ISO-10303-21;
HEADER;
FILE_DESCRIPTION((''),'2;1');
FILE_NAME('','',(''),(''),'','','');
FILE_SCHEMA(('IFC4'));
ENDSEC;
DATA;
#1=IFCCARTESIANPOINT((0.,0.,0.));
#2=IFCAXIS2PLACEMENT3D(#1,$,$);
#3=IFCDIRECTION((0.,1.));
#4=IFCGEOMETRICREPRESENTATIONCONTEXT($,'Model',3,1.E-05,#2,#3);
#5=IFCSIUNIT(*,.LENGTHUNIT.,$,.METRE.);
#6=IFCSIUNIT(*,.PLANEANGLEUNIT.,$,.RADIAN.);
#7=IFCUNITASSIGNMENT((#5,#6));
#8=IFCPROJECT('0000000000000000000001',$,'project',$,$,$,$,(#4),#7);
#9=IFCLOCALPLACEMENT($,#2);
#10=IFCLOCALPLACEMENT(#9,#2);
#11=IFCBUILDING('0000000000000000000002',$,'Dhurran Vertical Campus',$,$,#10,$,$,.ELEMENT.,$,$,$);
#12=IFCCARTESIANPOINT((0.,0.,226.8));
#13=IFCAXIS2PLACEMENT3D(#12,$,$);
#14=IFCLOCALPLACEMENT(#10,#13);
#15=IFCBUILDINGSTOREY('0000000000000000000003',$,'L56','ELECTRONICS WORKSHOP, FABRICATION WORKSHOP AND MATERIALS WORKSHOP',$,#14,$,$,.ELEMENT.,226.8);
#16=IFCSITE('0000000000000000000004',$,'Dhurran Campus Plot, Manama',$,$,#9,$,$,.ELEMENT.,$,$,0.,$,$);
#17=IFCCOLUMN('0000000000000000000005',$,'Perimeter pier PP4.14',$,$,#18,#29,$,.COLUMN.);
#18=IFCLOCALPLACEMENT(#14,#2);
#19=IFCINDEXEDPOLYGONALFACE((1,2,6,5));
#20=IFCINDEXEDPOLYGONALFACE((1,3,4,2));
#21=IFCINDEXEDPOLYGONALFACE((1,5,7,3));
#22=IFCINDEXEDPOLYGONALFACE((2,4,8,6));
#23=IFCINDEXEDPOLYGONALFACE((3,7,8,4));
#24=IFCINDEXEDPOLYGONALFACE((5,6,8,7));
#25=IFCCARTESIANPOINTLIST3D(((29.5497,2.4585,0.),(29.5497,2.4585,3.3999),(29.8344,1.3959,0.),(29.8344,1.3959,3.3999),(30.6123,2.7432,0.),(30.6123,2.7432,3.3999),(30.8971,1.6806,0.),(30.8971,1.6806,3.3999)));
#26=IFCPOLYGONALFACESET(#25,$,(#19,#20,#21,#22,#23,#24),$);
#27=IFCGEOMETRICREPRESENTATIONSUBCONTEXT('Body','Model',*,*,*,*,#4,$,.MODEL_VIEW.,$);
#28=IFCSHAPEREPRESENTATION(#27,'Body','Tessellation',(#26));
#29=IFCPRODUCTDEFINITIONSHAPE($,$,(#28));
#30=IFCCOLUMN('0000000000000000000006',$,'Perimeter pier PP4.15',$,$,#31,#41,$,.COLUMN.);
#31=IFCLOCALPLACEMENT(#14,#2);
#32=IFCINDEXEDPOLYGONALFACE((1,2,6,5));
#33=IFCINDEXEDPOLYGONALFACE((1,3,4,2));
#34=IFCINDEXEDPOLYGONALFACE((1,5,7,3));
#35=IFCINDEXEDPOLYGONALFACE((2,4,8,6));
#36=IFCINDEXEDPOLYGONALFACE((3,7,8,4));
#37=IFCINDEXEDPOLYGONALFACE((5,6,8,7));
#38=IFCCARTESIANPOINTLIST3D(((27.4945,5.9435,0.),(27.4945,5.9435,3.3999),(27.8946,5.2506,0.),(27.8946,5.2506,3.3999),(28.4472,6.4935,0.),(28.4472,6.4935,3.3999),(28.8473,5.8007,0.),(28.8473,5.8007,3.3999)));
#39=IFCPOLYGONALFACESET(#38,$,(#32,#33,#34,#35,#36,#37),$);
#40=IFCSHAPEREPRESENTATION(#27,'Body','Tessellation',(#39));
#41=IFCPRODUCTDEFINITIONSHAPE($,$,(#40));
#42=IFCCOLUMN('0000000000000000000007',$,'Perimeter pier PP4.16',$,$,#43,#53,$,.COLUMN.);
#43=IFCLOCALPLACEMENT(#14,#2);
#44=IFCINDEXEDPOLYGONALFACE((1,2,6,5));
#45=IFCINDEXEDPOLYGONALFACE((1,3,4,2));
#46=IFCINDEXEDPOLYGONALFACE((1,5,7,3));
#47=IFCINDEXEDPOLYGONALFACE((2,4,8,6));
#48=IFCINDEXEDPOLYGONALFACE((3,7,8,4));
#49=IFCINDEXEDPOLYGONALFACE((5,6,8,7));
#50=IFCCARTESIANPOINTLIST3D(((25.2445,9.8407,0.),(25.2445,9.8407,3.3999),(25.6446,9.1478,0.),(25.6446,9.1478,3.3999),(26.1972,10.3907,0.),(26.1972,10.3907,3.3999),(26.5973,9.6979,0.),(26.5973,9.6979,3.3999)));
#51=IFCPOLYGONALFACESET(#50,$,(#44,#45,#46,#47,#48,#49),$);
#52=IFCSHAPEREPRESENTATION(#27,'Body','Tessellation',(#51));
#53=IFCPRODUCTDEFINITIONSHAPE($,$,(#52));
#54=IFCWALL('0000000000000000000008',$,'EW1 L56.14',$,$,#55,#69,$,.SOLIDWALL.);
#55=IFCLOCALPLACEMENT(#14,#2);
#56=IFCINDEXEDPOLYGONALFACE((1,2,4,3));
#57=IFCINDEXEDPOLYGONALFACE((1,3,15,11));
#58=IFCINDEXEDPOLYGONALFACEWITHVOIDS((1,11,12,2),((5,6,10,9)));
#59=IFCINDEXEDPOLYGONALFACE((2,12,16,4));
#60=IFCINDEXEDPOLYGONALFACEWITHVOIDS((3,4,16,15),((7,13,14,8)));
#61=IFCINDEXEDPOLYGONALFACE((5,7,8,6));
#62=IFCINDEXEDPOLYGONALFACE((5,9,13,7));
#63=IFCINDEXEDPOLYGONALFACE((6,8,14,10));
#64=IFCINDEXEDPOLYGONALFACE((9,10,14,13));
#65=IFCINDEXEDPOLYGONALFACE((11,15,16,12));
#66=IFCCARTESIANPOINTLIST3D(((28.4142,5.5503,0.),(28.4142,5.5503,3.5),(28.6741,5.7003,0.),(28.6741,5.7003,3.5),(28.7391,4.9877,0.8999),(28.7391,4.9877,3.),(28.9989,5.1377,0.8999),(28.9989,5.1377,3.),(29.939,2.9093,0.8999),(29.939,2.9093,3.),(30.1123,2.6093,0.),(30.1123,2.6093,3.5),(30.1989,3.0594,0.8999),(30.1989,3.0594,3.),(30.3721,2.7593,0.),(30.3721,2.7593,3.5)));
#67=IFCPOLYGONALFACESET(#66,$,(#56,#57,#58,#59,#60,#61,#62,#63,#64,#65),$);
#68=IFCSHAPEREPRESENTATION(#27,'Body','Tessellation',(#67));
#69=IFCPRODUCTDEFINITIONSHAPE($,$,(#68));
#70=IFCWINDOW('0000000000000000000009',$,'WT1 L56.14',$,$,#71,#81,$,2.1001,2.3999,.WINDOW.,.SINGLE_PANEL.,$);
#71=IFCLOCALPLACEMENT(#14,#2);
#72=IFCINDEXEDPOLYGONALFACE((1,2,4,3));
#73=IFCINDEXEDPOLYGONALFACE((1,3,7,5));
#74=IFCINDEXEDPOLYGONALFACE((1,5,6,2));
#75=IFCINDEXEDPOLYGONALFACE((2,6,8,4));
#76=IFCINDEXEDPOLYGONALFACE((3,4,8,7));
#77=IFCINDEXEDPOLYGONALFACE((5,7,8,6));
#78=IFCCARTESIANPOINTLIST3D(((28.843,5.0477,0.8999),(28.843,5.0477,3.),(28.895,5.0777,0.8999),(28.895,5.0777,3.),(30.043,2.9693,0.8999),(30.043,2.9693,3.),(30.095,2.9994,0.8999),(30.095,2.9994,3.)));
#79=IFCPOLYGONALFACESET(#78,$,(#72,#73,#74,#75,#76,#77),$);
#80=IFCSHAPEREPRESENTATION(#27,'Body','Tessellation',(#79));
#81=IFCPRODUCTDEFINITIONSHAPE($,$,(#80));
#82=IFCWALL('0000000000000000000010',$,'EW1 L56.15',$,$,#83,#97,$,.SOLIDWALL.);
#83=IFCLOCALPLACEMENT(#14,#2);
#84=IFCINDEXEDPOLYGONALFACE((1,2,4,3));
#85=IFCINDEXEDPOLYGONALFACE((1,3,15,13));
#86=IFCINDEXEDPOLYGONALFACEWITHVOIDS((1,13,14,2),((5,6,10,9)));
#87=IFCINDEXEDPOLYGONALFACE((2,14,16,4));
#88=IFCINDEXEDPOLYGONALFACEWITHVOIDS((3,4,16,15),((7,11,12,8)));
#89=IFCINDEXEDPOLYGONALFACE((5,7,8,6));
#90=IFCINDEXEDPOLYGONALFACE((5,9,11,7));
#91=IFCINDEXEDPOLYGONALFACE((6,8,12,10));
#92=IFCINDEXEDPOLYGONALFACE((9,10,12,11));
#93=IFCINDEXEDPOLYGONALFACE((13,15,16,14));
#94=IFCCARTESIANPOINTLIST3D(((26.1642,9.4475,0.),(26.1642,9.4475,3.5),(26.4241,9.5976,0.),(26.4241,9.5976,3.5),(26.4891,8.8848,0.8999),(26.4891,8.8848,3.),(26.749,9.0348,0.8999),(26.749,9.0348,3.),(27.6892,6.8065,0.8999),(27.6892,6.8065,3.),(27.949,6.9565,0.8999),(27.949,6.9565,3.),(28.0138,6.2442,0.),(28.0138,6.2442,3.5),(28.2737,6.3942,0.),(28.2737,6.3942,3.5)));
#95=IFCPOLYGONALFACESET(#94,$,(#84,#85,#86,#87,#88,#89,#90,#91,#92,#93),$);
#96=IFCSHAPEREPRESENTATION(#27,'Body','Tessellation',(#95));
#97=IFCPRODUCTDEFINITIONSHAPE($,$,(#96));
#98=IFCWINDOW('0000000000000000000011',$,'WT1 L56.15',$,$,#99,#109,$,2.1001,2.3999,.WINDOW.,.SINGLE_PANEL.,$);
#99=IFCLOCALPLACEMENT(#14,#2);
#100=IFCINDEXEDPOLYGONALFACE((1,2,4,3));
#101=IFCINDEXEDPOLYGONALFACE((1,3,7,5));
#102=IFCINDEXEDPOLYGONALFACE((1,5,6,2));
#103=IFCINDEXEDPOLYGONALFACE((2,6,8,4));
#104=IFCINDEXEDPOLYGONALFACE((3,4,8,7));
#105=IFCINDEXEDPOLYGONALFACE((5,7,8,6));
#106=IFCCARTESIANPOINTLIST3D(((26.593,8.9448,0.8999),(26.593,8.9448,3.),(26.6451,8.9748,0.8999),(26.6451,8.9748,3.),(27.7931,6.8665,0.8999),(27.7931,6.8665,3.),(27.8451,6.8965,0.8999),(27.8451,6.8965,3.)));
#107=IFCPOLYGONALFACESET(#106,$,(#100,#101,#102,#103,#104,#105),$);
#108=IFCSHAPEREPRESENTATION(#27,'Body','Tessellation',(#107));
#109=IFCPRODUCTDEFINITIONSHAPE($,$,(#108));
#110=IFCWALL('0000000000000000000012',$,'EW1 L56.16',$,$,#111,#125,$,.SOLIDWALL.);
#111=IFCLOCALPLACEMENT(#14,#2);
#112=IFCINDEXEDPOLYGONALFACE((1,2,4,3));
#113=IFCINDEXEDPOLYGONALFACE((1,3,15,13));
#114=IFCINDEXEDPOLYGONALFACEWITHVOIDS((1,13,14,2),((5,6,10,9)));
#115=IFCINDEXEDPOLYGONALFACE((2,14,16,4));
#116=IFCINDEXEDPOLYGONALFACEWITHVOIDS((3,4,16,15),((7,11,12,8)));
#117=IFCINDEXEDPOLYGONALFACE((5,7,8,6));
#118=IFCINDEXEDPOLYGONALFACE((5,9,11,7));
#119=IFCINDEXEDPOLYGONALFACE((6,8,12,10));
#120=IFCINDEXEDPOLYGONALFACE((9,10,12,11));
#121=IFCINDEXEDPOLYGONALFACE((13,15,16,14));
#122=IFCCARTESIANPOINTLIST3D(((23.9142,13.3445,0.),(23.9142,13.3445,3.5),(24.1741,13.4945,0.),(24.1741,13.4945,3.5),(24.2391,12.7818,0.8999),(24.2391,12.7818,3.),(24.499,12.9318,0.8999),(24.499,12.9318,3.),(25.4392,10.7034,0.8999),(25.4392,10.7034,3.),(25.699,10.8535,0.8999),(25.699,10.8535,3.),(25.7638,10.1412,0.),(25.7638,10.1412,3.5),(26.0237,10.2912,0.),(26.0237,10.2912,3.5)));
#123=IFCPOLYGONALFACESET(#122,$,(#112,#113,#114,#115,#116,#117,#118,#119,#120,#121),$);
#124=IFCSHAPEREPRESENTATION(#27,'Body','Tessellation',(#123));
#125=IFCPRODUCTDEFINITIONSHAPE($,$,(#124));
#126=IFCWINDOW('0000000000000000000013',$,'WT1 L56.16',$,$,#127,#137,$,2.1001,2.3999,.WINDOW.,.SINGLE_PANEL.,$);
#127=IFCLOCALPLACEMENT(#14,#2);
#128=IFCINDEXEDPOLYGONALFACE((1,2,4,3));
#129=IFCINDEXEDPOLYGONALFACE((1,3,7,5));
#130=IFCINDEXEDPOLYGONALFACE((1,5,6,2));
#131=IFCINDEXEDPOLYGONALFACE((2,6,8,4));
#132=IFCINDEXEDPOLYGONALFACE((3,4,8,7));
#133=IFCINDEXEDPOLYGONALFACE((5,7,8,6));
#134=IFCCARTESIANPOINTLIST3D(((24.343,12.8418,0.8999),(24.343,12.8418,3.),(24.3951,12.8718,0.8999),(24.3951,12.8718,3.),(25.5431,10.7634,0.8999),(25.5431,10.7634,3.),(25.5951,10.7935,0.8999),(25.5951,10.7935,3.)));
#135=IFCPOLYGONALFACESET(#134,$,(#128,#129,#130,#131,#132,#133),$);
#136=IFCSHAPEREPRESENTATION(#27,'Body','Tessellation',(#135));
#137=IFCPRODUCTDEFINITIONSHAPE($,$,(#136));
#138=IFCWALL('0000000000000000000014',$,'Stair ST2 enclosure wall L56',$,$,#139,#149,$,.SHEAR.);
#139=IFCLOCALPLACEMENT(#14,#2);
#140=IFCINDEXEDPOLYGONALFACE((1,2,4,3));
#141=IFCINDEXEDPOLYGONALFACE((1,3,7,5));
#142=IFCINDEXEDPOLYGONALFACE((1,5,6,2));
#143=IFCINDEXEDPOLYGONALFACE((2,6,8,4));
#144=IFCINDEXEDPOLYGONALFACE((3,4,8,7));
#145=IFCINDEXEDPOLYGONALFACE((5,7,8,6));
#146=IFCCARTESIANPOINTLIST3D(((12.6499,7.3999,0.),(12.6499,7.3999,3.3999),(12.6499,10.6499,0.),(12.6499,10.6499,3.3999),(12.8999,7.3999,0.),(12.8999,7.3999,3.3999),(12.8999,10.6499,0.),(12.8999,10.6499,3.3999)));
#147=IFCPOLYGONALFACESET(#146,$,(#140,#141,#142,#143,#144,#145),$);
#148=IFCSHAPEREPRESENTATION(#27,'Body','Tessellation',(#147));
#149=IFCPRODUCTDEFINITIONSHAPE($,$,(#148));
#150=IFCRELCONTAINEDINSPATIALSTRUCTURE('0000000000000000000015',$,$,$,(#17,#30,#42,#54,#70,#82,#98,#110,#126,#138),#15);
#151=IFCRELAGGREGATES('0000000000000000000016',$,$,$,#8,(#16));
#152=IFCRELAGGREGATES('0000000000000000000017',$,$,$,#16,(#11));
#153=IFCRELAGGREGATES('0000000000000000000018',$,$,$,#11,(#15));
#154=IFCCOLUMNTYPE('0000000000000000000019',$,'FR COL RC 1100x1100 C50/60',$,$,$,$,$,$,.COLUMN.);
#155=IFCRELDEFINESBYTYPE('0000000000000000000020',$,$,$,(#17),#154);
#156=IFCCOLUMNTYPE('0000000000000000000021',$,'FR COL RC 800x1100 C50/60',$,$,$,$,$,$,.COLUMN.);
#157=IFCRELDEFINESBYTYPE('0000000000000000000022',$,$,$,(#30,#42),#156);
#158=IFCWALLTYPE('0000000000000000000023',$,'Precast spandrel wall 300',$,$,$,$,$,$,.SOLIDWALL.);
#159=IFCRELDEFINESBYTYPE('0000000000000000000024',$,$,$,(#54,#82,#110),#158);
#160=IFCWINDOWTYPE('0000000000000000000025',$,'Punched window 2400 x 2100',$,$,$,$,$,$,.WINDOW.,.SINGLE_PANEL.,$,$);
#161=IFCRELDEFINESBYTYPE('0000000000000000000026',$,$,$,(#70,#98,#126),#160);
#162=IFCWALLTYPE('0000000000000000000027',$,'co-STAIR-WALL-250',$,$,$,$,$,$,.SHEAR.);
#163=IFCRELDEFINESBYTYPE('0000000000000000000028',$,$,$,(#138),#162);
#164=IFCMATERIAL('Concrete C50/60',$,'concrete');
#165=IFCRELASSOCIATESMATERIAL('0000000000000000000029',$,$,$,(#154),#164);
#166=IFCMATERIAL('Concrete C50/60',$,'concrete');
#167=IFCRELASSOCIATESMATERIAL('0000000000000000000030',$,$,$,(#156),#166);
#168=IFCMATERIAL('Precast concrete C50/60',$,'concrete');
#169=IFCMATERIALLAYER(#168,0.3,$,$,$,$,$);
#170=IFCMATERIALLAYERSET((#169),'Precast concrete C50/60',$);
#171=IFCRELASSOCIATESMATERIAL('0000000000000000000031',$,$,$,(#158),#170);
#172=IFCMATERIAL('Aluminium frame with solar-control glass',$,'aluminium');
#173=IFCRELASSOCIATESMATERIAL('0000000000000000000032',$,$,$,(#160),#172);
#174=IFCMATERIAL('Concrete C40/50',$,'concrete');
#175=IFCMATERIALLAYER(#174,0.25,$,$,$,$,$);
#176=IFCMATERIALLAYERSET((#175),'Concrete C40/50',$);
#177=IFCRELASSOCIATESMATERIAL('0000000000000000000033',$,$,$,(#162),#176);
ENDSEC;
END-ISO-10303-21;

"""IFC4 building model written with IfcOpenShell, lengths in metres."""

from ifc_helpers import new_model, si_unit, direction, frame, frame_2d, origin, origin_2d, place, context, subcontext, project, spatial, rectangle, extrude, material, layer, layer_set, material_profile, profile_set, type_object, element, fill, save


model = new_model("IFC4")

# Units and contexts
model_context = context("Model", 3, precision=1e-05, world=origin(), true_north=direction((0.0, 1.0)))
body_context = subcontext(model_context, "Body", "Model", "MODEL_VIEW")
ifc_project = project(units=[si_unit("LENGTHUNIT", "METRE"), si_unit("PLANEANGLEUNIT", "RADIAN")], contexts=[model_context])

# Site, building, storey
site_placement = place(None, origin())
site = spatial("IfcSite", under=ifc_project, at=site_placement, Name="Dhurran Campus Plot, Manama", CompositionType="ELEMENT", RefElevation=0.0)
building_placement = place(site_placement, origin())
building = spatial("IfcBuilding", under=site, at=building_placement, Name="Dhurran Vertical Campus", CompositionType="ELEMENT")
storey_placement = place(building_placement, frame((0.0, 0.0, 226.8)))
storey = spatial("IfcBuildingStorey", under=building, at=storey_placement, Name="L56", Description="ELECTRONICS WORKSHOP, FABRICATION WORKSHOP AND MATERIALS WORKSHOP", CompositionType="ELEMENT", Elevation=226.8)

# Columns
ifc_material_1 = material(Name="Concrete C50/60", Category="concrete")
ifc_material_profile_1 = material_profile(ifc_material_1, rectangle(XDim=1.1001, YDim=1.1001, at=origin_2d()), Name="RC 1100x1100")
ifc_profile_set_1 = profile_set([ifc_material_profile_1], Name="Concrete C50/60")
column_type_1 = type_object("IfcColumnType", Name="FR COL RC 1100x1100 C50/60", PredefinedType="COLUMN", material=ifc_profile_set_1)
column_placement = place(storey_placement, frame((30.2234, 2.0696, 0.0), z_axis=(0.0, 0.0, 1.0), x_axis=(-0.258819, 0.965926, 0.0)))
element("IfcColumn", 1, at=column_placement, inside=storey, type_object=column_type_1, Name="Perimeter pier PP4.14", PredefinedType="COLUMN", context=body_context, shape_type="SweptSolid", body=[
    extrude(rectangle(XDim=1.1001, YDim=1.1001, at=origin_2d()), origin(), (0.0, 0.0, 1.0), 3.3999),
])
ifc_material_2 = material(Name="Concrete C50/60", Category="concrete")
ifc_material_profile_2 = material_profile(ifc_material_2, rectangle(XDim=0.8, YDim=1.1001, at=origin_2d()), Name="RC 800x1100")
ifc_profile_set_2 = profile_set([ifc_material_profile_2], Name="Concrete C50/60")
column_type_2 = type_object("IfcColumnType", Name="FR COL RC 800x1100 C50/60", PredefinedType="COLUMN", material=ifc_profile_set_2)
for number, where, z_axis, x_axis, name in (
    (2, (28.1709, 5.8721, 0.0), (0.0, 0.0, 1.0), (-0.5, 0.866025, 0.0), "Perimeter pier PP4.15"),
    (3, (25.9209, 9.7693, 0.0), (0.0, 0.0, 1.0), (-0.5, 0.866025, 0.0), "Perimeter pier PP4.16"),
):
    element("IfcColumn", number, at=place(storey_placement, frame(where, z_axis=z_axis, x_axis=x_axis)), inside=storey, type_object=column_type_2, Name=name, PredefinedType="COLUMN", context=body_context, shape_type="SweptSolid", body=[
        extrude(rectangle(XDim=0.8, YDim=1.1001, at=origin_2d()), origin(), (0.0, 0.0, 1.0), 3.3999),
    ])

# Walls, openings, windows
ifc_material_3 = material(Name="Precast concrete C50/60", Category="concrete")
ifc_layer_1 = layer(ifc_material_3, 0.3)
ifc_layer_set_1 = layer_set([ifc_layer_1], Name="Precast concrete C50/60")
wall_type_1 = type_object("IfcWallType", Name="Precast spandrel wall 300", PredefinedType="SOLIDWALL", material=ifc_layer_set_1)
wall_1_placement = place(storey_placement, frame((30.2422, 2.6843, 0.0), z_axis=(0.0, 0.0, 1.0), x_axis=(-0.500013, 0.866018, 0.0)))
wall_1 = element("IfcWall", 4, at=wall_1_placement, inside=storey, type_object=wall_type_1, Name="EW1 L56.14", PredefinedType="SOLIDWALL", context=body_context, shape_type="SweptSolid", body=[
    extrude(rectangle(XDim=3.396, YDim=0.3, at=frame_2d((1.698, 0.0))), origin(), (0.0, 0.0, 1.0), 3.5),
])
opening_1_placement = place(wall_1_placement, frame((0.3464, 0.0, 0.8999)))
opening_1 = element("IfcOpeningElement", 5, at=opening_1_placement, cuts=wall_1, PredefinedType="OPENING", context=body_context, shape_type="SweptSolid", body=[
    extrude(rectangle(XDim=2.3999, YDim=2.1001, at=frame_2d((1.2, 1.05))), frame((0.0, 0.1599, 0.0), z_axis=(0.0, -1.0, 0.0), x_axis=(1.0, 0.0, 0.0)), (0.0, 0.0, 1.0), 0.3201),
])
ifc_material_4 = material(Name="Aluminium frame with solar-control glass", Category="aluminium")
window_type = type_object("IfcWindowType", Name="Punched window 2400 x 2100", PartitioningType="SINGLE_PANEL", PredefinedType="WINDOW", material=ifc_material_4)
window_1_placement = place(opening_1_placement, origin())
window_1 = element("IfcWindow", 6, at=window_1_placement, inside=storey, type_object=window_type, Name="WT1 L56.14", OverallHeight=2.1001, OverallWidth=2.3999, PartitioningType="SINGLE_PANEL", PredefinedType="WINDOW", context=body_context, shape_type="SweptSolid", body=[
    extrude(rectangle(XDim=2.3999, YDim=2.1001, at=frame_2d((1.2, 1.05))), frame((0.0, 0.03, 0.0), z_axis=(0.0, -1.0, 0.0), x_axis=(1.0, 0.0, 0.0)), (0.0, 0.0, 1.0), 0.0601),
])
fill(opening_1, window_1)
wall_2_placement = place(storey_placement, frame((28.1438, 6.3191, 0.0), z_axis=(0.0, 0.0, 1.0), x_axis=(-0.500029, 0.866009, 0.0)))
wall_2 = element("IfcWall", 7, at=wall_2_placement, inside=storey, type_object=wall_type_1, Name="EW1 L56.15", PredefinedType="SOLIDWALL", context=body_context, shape_type="SweptSolid", body=[
    extrude(rectangle(XDim=3.699, YDim=0.3, at=frame_2d((1.8496, 0.0))), origin(), (0.0, 0.0, 1.0), 3.5),
])
opening_2_placement = place(wall_2_placement, frame((0.6494, 0.0, 0.8999)))
opening_2 = element("IfcOpeningElement", 8, at=opening_2_placement, cuts=wall_2, PredefinedType="OPENING", context=body_context, shape_type="SweptSolid", body=[
    extrude(rectangle(XDim=2.3999, YDim=2.1001, at=frame_2d((1.2, 1.05))), frame((0.0, 0.1599, 0.0), z_axis=(0.0, -1.0, 0.0), x_axis=(1.0, 0.0, 0.0)), (0.0, 0.0, 1.0), 0.3201),
])
window_2_placement = place(opening_2_placement, origin())
window_2 = element("IfcWindow", 9, at=window_2_placement, inside=storey, type_object=window_type, Name="WT1 L56.15", OverallHeight=2.1001, OverallWidth=2.3999, PartitioningType="SINGLE_PANEL", PredefinedType="WINDOW", context=body_context, shape_type="SweptSolid", body=[
    extrude(rectangle(XDim=2.3999, YDim=2.1001, at=frame_2d((1.2, 1.05))), frame((0.0, 0.03, 0.0), z_axis=(0.0, -1.0, 0.0), x_axis=(1.0, 0.0, 0.0)), (0.0, 0.0, 1.0), 0.0601),
])
fill(opening_2, window_2)
wall_3_placement = place(storey_placement, frame((25.8938, 10.2161, 0.0), z_axis=(0.0, 0.0, 1.0), x_axis=(-0.500029, 0.866009, 0.0)))
wall_3 = element("IfcWall", 10, at=wall_3_placement, inside=storey, type_object=wall_type_1, Name="EW1 L56.16", PredefinedType="SOLIDWALL", context=body_context, shape_type="SweptSolid", body=[
    extrude(rectangle(XDim=3.699, YDim=0.3, at=frame_2d((1.8496, 0.0))), origin(), (0.0, 0.0, 1.0), 3.5),
])
opening_3_placement = place(wall_3_placement, frame((0.6494, 0.0, 0.8999)))
opening_3 = element("IfcOpeningElement", 11, at=opening_3_placement, cuts=wall_3, PredefinedType="OPENING", context=body_context, shape_type="SweptSolid", body=[
    extrude(rectangle(XDim=2.3999, YDim=2.1001, at=frame_2d((1.2, 1.05))), frame((0.0, 0.1599, 0.0), z_axis=(0.0, -1.0, 0.0), x_axis=(1.0, 0.0, 0.0)), (0.0, 0.0, 1.0), 0.3201),
])
window_3_placement = place(opening_3_placement, origin())
window_3 = element("IfcWindow", 12, at=window_3_placement, inside=storey, type_object=window_type, Name="WT1 L56.16", OverallHeight=2.1001, OverallWidth=2.3999, PartitioningType="SINGLE_PANEL", PredefinedType="WINDOW", context=body_context, shape_type="SweptSolid", body=[
    extrude(rectangle(XDim=2.3999, YDim=2.1001, at=frame_2d((1.2, 1.05))), frame((0.0, 0.03, 0.0), z_axis=(0.0, -1.0, 0.0), x_axis=(1.0, 0.0, 0.0)), (0.0, 0.0, 1.0), 0.0601),
])
fill(opening_3, window_3)

# Wall
ifc_material_5 = material(Name="Concrete C40/50", Category="concrete")
ifc_layer_2 = layer(ifc_material_5, 0.25)
ifc_layer_set_2 = layer_set([ifc_layer_2], Name="Concrete C40/50")
wall_type_2 = type_object("IfcWallType", Name="co-STAIR-WALL-250", PredefinedType="SHEAR", material=ifc_layer_set_2)
wall_4_placement = place(storey_placement, frame((12.7749, 7.3999, 0.0), z_axis=(0.0, 0.0, 1.0), x_axis=(0.0, 1.0, 0.0)))
element("IfcWall", 13, at=wall_4_placement, inside=storey, type_object=wall_type_2, Name="Stair ST2 enclosure wall L56", PredefinedType="SHEAR", context=body_context, shape_type="SweptSolid", body=[
    extrude(rectangle(XDim=3.25, YDim=0.25, at=frame_2d((1.625, 0.0))), origin(), (0.0, 0.0, 1.0), 3.3999),
])

save(model, "model.ifc")
